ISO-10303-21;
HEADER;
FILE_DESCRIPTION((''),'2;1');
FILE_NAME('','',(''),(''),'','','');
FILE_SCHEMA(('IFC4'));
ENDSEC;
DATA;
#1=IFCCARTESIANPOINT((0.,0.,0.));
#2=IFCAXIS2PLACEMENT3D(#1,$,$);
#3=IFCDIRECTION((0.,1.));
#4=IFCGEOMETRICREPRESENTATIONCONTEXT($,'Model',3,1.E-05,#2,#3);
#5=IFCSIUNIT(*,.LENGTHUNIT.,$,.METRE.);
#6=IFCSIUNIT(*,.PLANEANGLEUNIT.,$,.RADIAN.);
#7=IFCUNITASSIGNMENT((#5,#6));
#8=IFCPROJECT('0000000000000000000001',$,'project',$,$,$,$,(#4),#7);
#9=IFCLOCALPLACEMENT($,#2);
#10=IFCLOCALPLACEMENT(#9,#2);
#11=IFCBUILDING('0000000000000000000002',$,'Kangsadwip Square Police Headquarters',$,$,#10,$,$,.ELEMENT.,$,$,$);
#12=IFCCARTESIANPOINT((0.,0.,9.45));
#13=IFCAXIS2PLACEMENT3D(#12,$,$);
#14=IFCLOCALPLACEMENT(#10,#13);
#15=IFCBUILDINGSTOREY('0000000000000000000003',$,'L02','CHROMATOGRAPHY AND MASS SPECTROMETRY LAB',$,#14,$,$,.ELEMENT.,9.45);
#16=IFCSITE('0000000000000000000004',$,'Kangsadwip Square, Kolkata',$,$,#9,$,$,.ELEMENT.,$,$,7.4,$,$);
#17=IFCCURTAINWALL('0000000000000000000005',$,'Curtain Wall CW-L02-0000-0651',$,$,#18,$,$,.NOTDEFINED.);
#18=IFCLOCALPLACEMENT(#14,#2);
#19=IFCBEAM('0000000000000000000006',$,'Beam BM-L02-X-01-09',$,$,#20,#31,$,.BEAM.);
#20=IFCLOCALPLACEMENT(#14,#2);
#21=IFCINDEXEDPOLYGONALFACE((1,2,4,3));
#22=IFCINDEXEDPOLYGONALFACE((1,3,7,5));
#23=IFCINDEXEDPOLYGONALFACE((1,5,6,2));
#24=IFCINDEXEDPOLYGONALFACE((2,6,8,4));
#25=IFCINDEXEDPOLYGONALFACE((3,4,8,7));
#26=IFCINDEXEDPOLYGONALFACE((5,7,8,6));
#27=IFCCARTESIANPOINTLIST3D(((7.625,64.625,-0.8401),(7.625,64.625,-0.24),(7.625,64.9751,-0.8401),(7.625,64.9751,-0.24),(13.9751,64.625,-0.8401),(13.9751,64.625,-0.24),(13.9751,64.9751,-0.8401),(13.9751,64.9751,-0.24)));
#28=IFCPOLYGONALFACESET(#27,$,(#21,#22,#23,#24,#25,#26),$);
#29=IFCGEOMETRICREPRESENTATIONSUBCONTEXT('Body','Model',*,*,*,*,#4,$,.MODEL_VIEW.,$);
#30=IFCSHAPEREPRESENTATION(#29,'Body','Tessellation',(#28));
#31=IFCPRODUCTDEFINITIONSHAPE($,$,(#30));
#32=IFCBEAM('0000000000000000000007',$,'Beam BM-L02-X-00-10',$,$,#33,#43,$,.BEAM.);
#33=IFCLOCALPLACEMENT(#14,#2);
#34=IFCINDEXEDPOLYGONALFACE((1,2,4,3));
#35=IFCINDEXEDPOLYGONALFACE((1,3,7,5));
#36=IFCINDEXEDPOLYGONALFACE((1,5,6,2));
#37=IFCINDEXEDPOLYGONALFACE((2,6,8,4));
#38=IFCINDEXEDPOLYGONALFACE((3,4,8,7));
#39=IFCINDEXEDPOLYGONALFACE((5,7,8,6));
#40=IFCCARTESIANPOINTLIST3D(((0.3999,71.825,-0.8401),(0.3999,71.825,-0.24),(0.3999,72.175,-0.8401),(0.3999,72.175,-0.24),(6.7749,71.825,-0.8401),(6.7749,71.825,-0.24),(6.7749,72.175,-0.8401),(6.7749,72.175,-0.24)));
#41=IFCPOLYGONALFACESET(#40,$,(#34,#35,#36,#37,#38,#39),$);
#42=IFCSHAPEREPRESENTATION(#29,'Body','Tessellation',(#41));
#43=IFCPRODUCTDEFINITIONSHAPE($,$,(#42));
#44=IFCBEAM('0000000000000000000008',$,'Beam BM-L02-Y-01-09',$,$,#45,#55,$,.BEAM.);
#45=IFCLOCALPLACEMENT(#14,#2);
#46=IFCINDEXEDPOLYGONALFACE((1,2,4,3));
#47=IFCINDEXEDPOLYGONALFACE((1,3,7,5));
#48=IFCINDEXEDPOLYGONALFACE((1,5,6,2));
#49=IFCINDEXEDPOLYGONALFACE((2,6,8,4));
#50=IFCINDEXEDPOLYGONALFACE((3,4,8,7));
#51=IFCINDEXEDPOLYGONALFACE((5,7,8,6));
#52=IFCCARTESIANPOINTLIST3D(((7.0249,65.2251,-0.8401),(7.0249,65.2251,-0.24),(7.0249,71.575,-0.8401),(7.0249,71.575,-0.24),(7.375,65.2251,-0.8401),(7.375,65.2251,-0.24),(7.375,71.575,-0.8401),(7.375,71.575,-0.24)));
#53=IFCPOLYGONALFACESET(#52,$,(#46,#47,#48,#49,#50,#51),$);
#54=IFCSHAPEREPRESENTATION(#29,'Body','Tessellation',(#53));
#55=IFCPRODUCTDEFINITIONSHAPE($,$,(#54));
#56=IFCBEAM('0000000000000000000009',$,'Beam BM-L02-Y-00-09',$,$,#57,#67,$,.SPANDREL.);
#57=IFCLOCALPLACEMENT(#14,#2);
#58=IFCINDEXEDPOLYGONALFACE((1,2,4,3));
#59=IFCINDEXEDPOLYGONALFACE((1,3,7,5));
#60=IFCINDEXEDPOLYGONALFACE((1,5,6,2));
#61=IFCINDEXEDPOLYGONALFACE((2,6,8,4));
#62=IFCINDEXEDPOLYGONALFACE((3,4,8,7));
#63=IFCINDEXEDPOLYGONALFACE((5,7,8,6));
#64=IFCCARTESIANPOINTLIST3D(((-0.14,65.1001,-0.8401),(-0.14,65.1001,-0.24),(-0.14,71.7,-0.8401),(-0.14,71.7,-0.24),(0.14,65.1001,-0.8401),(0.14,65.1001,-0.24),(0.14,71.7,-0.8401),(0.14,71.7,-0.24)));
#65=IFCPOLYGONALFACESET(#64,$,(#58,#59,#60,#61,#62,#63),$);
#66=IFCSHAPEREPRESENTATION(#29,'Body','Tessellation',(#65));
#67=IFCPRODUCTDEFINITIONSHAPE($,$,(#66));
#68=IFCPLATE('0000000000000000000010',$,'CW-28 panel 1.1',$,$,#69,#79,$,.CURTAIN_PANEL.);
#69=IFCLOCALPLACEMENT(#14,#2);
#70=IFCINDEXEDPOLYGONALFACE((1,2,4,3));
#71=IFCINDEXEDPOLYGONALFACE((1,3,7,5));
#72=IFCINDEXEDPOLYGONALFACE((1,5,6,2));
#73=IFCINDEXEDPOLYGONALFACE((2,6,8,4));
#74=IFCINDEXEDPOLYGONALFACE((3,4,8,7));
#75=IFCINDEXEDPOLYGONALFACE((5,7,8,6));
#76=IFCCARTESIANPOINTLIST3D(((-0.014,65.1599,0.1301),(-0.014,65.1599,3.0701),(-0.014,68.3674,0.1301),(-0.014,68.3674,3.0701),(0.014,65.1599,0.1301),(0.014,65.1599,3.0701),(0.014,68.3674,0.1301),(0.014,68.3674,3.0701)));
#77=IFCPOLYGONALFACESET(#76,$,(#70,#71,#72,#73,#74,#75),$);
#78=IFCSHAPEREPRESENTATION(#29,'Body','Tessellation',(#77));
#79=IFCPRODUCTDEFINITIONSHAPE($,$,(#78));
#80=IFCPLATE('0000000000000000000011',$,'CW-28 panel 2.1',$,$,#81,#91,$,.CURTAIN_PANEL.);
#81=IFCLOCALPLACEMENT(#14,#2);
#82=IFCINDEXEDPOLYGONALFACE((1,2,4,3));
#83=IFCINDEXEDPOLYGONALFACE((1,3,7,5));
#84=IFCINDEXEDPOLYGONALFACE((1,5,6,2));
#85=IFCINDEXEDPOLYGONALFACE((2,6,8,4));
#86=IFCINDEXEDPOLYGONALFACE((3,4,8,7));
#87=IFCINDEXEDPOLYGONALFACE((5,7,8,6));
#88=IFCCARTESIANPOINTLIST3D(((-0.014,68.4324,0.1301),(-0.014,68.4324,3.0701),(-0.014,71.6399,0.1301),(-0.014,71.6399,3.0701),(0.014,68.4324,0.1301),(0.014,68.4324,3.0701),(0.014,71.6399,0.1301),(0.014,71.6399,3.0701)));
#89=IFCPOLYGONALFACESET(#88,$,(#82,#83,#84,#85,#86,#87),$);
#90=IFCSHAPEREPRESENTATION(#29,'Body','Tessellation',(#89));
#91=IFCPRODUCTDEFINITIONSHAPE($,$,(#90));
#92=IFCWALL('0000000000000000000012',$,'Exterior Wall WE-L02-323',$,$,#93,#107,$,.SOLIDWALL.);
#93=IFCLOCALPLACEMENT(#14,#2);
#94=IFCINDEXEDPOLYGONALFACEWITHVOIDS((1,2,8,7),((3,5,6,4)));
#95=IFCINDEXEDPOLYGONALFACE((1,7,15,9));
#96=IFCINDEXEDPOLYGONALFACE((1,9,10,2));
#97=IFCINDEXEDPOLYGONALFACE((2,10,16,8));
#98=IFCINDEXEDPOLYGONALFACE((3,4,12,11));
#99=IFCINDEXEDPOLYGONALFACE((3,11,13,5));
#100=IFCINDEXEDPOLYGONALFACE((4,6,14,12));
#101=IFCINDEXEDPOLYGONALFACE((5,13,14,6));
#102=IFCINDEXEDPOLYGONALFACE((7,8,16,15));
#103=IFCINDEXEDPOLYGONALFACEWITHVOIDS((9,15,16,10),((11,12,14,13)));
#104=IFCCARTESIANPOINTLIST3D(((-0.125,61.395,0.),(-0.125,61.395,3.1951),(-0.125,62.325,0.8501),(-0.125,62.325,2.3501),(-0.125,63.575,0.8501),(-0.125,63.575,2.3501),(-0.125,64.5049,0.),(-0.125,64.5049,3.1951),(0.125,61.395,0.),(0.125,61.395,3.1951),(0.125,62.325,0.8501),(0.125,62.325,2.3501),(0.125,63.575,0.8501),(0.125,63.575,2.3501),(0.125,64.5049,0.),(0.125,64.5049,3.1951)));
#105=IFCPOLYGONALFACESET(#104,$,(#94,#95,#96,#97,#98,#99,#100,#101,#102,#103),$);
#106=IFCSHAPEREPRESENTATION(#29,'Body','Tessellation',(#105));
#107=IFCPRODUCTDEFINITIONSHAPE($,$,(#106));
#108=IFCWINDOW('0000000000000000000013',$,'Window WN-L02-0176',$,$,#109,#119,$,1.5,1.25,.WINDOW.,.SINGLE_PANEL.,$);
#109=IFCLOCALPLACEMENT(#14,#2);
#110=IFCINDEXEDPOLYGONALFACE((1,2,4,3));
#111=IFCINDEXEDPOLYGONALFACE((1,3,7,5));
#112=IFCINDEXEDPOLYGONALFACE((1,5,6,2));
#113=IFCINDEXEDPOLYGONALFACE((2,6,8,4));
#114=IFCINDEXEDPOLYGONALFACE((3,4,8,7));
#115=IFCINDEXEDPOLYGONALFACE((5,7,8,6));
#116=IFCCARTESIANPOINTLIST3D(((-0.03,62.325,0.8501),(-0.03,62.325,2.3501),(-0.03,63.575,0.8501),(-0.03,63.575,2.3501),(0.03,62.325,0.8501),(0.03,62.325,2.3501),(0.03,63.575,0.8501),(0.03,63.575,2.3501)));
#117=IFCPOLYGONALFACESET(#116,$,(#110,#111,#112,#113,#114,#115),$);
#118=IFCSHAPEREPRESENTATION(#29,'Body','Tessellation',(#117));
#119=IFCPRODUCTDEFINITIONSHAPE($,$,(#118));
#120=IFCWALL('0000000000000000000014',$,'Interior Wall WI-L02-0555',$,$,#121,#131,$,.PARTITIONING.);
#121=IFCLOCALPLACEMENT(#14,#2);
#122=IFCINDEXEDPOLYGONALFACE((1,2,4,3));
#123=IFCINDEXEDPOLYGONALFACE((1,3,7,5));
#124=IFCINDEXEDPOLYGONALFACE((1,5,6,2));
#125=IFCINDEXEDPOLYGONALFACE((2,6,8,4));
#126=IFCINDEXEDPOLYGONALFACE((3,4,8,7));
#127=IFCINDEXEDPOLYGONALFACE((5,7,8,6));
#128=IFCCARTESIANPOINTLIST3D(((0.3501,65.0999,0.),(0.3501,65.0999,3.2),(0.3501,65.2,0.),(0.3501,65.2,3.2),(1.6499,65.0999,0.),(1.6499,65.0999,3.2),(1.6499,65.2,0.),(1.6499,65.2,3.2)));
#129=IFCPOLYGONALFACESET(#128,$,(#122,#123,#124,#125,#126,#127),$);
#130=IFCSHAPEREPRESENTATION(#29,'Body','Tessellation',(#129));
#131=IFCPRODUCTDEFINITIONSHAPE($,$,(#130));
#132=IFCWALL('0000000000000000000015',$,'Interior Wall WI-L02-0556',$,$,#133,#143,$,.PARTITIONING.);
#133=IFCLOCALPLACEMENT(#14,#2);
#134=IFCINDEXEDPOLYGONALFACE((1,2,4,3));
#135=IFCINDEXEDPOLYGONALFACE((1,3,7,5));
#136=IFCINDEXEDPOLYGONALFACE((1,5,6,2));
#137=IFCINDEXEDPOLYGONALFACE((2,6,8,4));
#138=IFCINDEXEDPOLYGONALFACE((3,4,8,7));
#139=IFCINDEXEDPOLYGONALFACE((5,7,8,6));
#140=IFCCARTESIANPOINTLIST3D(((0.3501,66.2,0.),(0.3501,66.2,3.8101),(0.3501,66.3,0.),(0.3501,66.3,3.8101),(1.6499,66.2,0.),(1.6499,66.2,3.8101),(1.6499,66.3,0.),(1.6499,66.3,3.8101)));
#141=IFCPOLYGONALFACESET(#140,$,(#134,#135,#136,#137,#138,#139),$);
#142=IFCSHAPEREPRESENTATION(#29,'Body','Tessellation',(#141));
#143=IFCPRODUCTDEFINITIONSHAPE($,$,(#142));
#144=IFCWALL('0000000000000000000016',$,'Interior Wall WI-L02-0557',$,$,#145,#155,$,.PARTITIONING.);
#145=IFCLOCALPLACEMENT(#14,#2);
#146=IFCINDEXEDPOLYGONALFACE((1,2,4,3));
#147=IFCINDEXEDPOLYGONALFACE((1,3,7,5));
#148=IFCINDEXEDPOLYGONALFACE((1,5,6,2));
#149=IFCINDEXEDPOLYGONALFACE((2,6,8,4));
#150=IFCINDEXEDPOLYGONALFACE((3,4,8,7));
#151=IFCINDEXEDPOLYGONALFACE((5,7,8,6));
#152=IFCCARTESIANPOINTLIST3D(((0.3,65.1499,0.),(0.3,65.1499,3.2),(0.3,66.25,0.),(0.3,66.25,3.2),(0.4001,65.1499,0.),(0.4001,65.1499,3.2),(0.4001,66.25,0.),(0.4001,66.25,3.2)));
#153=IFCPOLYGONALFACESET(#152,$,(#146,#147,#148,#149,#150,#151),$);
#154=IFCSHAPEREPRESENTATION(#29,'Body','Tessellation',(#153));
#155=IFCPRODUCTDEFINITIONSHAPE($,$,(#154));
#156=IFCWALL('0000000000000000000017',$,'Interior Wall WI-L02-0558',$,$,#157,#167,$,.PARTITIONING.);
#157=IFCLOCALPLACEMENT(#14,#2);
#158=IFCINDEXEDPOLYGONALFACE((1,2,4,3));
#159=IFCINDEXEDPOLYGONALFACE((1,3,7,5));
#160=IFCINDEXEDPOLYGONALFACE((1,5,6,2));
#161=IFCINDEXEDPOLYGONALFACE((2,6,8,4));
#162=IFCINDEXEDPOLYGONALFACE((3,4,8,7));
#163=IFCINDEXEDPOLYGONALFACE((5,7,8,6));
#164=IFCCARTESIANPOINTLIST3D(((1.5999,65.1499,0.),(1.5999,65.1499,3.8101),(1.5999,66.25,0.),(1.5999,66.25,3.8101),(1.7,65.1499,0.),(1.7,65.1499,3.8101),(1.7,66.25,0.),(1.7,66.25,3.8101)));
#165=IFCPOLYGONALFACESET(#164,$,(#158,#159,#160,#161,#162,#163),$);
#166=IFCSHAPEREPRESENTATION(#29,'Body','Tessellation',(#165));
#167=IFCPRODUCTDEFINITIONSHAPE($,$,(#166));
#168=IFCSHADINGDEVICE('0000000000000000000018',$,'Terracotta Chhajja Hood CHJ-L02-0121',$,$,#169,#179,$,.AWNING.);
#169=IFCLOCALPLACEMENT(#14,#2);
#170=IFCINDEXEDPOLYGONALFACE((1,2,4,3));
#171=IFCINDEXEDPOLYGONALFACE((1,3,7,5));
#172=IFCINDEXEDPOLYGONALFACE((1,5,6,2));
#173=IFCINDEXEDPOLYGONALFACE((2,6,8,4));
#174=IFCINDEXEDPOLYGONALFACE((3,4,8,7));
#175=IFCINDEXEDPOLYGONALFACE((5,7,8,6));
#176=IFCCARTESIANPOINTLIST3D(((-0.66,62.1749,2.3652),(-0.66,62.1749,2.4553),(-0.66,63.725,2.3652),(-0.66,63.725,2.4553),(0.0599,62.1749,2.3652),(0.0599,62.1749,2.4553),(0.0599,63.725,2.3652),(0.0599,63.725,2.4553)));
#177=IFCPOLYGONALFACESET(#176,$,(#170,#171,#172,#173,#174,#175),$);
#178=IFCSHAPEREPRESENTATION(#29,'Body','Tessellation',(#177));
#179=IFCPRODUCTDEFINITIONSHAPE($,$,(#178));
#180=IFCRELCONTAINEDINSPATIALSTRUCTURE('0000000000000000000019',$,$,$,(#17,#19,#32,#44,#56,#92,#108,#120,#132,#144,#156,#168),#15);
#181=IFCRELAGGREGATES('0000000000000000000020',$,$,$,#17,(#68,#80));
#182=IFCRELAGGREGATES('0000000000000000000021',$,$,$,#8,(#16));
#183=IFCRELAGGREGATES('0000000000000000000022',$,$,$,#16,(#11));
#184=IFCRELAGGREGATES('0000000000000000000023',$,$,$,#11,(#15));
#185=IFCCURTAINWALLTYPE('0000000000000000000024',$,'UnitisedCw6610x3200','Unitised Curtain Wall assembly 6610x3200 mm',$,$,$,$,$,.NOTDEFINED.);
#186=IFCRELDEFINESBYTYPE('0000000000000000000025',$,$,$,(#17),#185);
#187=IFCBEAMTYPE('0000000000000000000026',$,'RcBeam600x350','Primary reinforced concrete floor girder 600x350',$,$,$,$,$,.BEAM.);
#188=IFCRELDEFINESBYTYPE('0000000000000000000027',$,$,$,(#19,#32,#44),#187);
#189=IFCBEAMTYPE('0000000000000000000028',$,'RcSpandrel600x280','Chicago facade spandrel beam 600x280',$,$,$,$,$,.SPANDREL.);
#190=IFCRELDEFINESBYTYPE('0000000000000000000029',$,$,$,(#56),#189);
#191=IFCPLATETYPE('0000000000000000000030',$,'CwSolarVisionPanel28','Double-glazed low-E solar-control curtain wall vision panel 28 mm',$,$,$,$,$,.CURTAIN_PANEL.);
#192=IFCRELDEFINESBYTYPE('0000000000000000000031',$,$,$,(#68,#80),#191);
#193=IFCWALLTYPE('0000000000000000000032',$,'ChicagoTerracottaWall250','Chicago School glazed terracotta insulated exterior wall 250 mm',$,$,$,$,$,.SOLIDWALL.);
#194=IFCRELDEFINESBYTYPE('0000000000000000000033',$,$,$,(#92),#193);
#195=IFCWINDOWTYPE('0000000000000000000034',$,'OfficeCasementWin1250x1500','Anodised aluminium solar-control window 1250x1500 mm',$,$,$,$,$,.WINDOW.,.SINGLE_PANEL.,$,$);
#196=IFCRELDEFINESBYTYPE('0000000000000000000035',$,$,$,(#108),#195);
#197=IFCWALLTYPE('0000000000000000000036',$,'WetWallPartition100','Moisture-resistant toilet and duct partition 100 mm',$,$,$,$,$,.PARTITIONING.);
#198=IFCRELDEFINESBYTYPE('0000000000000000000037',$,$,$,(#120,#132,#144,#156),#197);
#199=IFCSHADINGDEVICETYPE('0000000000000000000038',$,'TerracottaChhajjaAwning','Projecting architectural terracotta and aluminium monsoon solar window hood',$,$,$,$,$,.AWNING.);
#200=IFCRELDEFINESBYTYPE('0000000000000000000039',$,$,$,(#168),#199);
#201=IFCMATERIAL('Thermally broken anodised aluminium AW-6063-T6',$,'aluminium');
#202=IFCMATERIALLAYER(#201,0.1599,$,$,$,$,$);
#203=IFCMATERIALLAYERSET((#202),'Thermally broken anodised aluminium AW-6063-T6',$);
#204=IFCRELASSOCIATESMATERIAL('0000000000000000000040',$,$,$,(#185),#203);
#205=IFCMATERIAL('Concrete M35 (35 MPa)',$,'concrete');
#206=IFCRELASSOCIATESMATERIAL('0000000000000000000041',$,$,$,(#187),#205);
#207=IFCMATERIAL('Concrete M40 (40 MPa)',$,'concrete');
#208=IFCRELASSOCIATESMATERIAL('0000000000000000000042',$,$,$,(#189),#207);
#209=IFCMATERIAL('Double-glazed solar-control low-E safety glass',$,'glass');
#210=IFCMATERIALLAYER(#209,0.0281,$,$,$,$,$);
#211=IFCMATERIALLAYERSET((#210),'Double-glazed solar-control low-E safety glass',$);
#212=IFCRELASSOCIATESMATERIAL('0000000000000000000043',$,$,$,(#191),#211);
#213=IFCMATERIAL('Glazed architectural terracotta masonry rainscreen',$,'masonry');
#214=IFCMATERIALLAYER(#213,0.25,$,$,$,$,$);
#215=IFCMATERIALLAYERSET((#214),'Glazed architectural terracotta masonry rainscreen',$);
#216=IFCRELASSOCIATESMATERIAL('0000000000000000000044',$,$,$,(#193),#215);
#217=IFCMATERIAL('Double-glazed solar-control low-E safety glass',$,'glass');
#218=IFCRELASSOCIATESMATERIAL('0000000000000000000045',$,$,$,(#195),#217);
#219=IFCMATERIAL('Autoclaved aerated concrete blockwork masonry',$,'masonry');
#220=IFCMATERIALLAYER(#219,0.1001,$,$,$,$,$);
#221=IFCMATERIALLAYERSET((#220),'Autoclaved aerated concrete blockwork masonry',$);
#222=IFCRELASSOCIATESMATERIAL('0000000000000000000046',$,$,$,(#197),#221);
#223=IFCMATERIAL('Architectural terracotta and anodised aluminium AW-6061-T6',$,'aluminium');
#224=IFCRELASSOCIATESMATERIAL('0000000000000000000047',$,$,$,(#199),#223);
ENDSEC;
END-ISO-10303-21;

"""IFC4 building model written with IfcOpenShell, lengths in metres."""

from ifc_helpers import new_model, si_unit, direction, frame, frame_2d, origin, origin_2d, place, context, subcontext, project, spatial, rectangle, extrude, material, layer, layer_set, material_profile, profile_set, type_object, element, fill, aggregate, save


model = new_model("IFC4")

# Units and contexts
model_context = context("Model", 3, precision=1e-05, world=origin(), true_north=direction((0.0, 1.0)))
body_context = subcontext(model_context, "Body", "Model", "MODEL_VIEW")
ifc_project = project(units=[si_unit("LENGTHUNIT", "METRE"), si_unit("PLANEANGLEUNIT", "RADIAN")], contexts=[model_context])

# Site, building, storey
site_placement = place(None, origin())
site = spatial("IfcSite", under=ifc_project, at=site_placement, Name="Kangsadwip Square, Kolkata", CompositionType="ELEMENT", RefElevation=7.4)
building_placement = place(site_placement, origin())
building = spatial("IfcBuilding", under=site, at=building_placement, Name="Kangsadwip Square Police Headquarters", CompositionType="ELEMENT")
storey_placement = place(building_placement, frame((0.0, 0.0, 9.45)))
storey = spatial("IfcBuildingStorey", under=building, at=storey_placement, Name="L02", Description="CHROMATOGRAPHY AND MASS SPECTROMETRY LAB", CompositionType="ELEMENT", Elevation=9.45)

# Curtain wall
ifc_material_1 = material(Name="Thermally broken anodised aluminium AW-6063-T6", Category="aluminium")
ifc_layer_1 = layer(ifc_material_1, 0.1599)
ifc_layer_set_1 = layer_set([ifc_layer_1], Name="Thermally broken anodised aluminium AW-6063-T6")
curtain_wall_type = type_object("IfcCurtainWallType", Name="UnitisedCw6610x3200", Description="Unitised Curtain Wall assembly 6610x3200 mm", PredefinedType="NOTDEFINED", material=ifc_layer_set_1)
curtain_wall_placement = place(storey_placement, origin())
curtain_wall = element("IfcCurtainWall", 1, at=curtain_wall_placement, inside=storey, type_object=curtain_wall_type, Name="Curtain Wall CW-L02-0000-0651", PredefinedType="NOTDEFINED")

# Beams
ifc_material_2 = material(Name="Concrete M35 (35 MPa)", Category="concrete")
ifc_material_profile_1 = material_profile(ifc_material_2, rectangle(XDim=0.3501, YDim=0.6001, at=origin_2d()), Name="RC BM 600X350")
ifc_profile_set_1 = profile_set([ifc_material_profile_1], Name="Concrete M35 (35 MPa)")
beam_type_1 = type_object("IfcBeamType", Name="RcBeam600x350", Description="Primary reinforced concrete floor girder 600x350", PredefinedType="BEAM", material=ifc_profile_set_1)
beam_1_placement = place(storey_placement, frame((7.625, 64.8, -0.54), z_axis=(1.0, 0.0, 0.0), x_axis=(0.0, 1.0, 0.0)))
element("IfcBeam", 2, at=beam_1_placement, inside=storey, type_object=beam_type_1, Name="Beam BM-L02-X-01-09", PredefinedType="BEAM", context=body_context, shape_type="SweptSolid", body=[
    extrude(rectangle(XDim=0.3501, YDim=0.6001, at=origin_2d()), origin(), (0.0, 0.0, 1.0), 6.3501),
])
beam_2_placement = place(storey_placement, frame((0.3999, 72.0, -0.54), z_axis=(1.0, 0.0, 0.0), x_axis=(0.0, 1.0, 0.0)))
element("IfcBeam", 3, at=beam_2_placement, inside=storey, type_object=beam_type_1, Name="Beam BM-L02-X-00-10", PredefinedType="BEAM", context=body_context, shape_type="SweptSolid", body=[
    extrude(rectangle(XDim=0.3501, YDim=0.6001, at=origin_2d()), origin(), (0.0, 0.0, 1.0), 6.375),
])
beam_3_placement = place(storey_placement, frame((7.2, 65.2251, -0.54), z_axis=(0.0, 1.0, 0.0), x_axis=(-1.0, 0.0, 0.0)))
element("IfcBeam", 4, at=beam_3_placement, inside=storey, type_object=beam_type_1, Name="Beam BM-L02-Y-01-09", PredefinedType="BEAM", context=body_context, shape_type="SweptSolid", body=[
    extrude(rectangle(XDim=0.3501, YDim=0.6001, at=origin_2d()), origin(), (0.0, 0.0, 1.0), 6.3499),
])
ifc_material_3 = material(Name="Concrete M40 (40 MPa)", Category="concrete")
ifc_material_profile_2 = material_profile(ifc_material_3, rectangle(XDim=0.28, YDim=0.6001, at=origin_2d()), Name="RC SPN 600X280")
ifc_profile_set_2 = profile_set([ifc_material_profile_2], Name="Concrete M40 (40 MPa)")
beam_type_2 = type_object("IfcBeamType", Name="RcSpandrel600x280", Description="Chicago facade spandrel beam 600x280", PredefinedType="SPANDREL", material=ifc_profile_set_2)
beam_4_placement = place(storey_placement, frame((0.0, 65.1001, -0.54), z_axis=(0.0, 1.0, 0.0), x_axis=(-1.0, 0.0, 0.0)))
element("IfcBeam", 5, at=beam_4_placement, inside=storey, type_object=beam_type_2, Name="Beam BM-L02-Y-00-09", PredefinedType="SPANDREL", context=body_context, shape_type="SweptSolid", body=[
    extrude(rectangle(XDim=0.28, YDim=0.6001, at=origin_2d()), origin(), (0.0, 0.0, 1.0), 6.5999),
])

# Plates
ifc_material_4 = material(Name="Double-glazed solar-control low-E safety glass", Category="glass")
ifc_layer_2 = layer(ifc_material_4, 0.0281)
ifc_layer_set_2 = layer_set([ifc_layer_2], Name="Double-glazed solar-control low-E safety glass")
plate_type = type_object("IfcPlateType", Name="CwSolarVisionPanel28", Description="Double-glazed low-E solar-control curtain wall vision panel 28 mm", PredefinedType="CURTAIN_PANEL", material=ifc_layer_set_2)
plate_1_placement = place(storey_placement, frame((0.0, 66.7637, 0.1301), z_axis=(0.0, 0.0, 1.0), x_axis=(0.0, 1.0, 0.0)))
plate_1 = element("IfcPlate", 6, at=plate_1_placement, type_object=plate_type, Name="CW-28 panel 1.1", PredefinedType="CURTAIN_PANEL", context=body_context, shape_type="SweptSolid", body=[
    extrude(rectangle(XDim=3.2075, YDim=0.0281, at=origin_2d()), origin(), (0.0, 0.0, 1.0), 2.9399),
])
plate_2_placement = place(storey_placement, frame((0.0, 70.0361, 0.1301), z_axis=(0.0, 0.0, 1.0), x_axis=(0.0, 1.0, 0.0)))
plate_2 = element("IfcPlate", 7, at=plate_2_placement, type_object=plate_type, Name="CW-28 panel 2.1", PredefinedType="CURTAIN_PANEL", context=body_context, shape_type="SweptSolid", body=[
    extrude(rectangle(XDim=3.2075, YDim=0.0281, at=origin_2d()), origin(), (0.0, 0.0, 1.0), 2.9399),
])
aggregate(curtain_wall, [plate_1, plate_2])

# Wall, opening, window
ifc_material_5 = material(Name="Glazed architectural terracotta masonry rainscreen", Category="masonry")
ifc_layer_3 = layer(ifc_material_5, 0.25)
ifc_layer_set_3 = layer_set([ifc_layer_3], Name="Glazed architectural terracotta masonry rainscreen")
wall_type_1 = type_object("IfcWallType", Name="ChicagoTerracottaWall250", Description="Chicago School glazed terracotta insulated exterior wall 250 mm", PredefinedType="SOLIDWALL", material=ifc_layer_set_3)
wall_1_placement = place(storey_placement, frame((0.0, 61.395, 0.0), z_axis=(0.0, 0.0, 1.0), x_axis=(0.0, 1.0, 0.0)))
wall_1 = element("IfcWall", 8, at=wall_1_placement, inside=storey, type_object=wall_type_1, Name="Exterior Wall WE-L02-323", PredefinedType="SOLIDWALL", context=body_context, shape_type="SweptSolid", body=[
    extrude(rectangle(XDim=3.1099, YDim=0.25, at=frame_2d((1.5549, 0.0))), origin(), (0.0, 0.0, 1.0), 3.1951),
])
opening_placement = place(wall_1_placement, frame((0.9299, 0.0, 0.8501)))
opening = element("IfcOpeningElement", 9, at=opening_placement, cuts=wall_1, PredefinedType="OPENING", context=body_context, shape_type="SweptSolid", body=[
    extrude(rectangle(XDim=1.25, YDim=1.5, at=frame_2d((0.625, 0.75))), frame((0.0, 0.135, 0.0), z_axis=(0.0, -1.0, 0.0), x_axis=(1.0, 0.0, 0.0)), (0.0, 0.0, 1.0), 0.27),
])
ifc_material_6 = material(Name="Double-glazed solar-control low-E safety glass", Category="glass")
window_type = type_object("IfcWindowType", Name="OfficeCasementWin1250x1500", Description="Anodised aluminium solar-control window 1250x1500 mm", PartitioningType="SINGLE_PANEL", PredefinedType="WINDOW", material=ifc_material_6)
window_placement = place(opening_placement, origin())
window = element("IfcWindow", 10, at=window_placement, inside=storey, type_object=window_type, Name="Window WN-L02-0176", OverallHeight=1.5, OverallWidth=1.25, PartitioningType="SINGLE_PANEL", PredefinedType="WINDOW", context=body_context, shape_type="SweptSolid", body=[
    extrude(rectangle(XDim=1.25, YDim=1.5, at=frame_2d((0.625, 0.75))), frame((0.0, 0.03, 0.0), z_axis=(0.0, -1.0, 0.0), x_axis=(1.0, 0.0, 0.0)), (0.0, 0.0, 1.0), 0.0601),
])
fill(opening, window)

# Walls
ifc_material_7 = material(Name="Autoclaved aerated concrete blockwork masonry", Category="masonry")
ifc_layer_4 = layer(ifc_material_7, 0.1001)
ifc_layer_set_4 = layer_set([ifc_layer_4], Name="Autoclaved aerated concrete blockwork masonry")
wall_type_2 = type_object("IfcWallType", Name="WetWallPartition100", Description="Moisture-resistant toilet and duct partition 100 mm", PredefinedType="PARTITIONING", material=ifc_layer_set_4)
wall_2_placement = place(storey_placement, frame((0.3501, 65.1499, 0.0), z_axis=(0.0, 0.0, 1.0), x_axis=(1.0, 0.0, 0.0)))
element("IfcWall", 11, at=wall_2_placement, inside=storey, type_object=wall_type_2, Name="Interior Wall WI-L02-0555", PredefinedType="PARTITIONING", context=body_context, shape_type="SweptSolid", body=[
    extrude(rectangle(XDim=1.2998, YDim=0.1001, at=frame_2d((0.6499, 0.0))), origin(), (0.0, 0.0, 1.0), 3.2),
])
wall_3_placement = place(storey_placement, frame((0.3501, 66.25, 0.0), z_axis=(0.0, 0.0, 1.0), x_axis=(1.0, 0.0, 0.0)))
element("IfcWall", 12, at=wall_3_placement, inside=storey, type_object=wall_type_2, Name="Interior Wall WI-L02-0556", PredefinedType="PARTITIONING", context=body_context, shape_type="SweptSolid", body=[
    extrude(rectangle(XDim=1.2998, YDim=0.1001, at=frame_2d((0.6499, 0.0))), origin(), (0.0, 0.0, 1.0), 3.8101),
])
wall_4_placement = place(storey_placement, frame((0.3501, 65.1499, 0.0), z_axis=(0.0, 0.0, 1.0), x_axis=(0.0, 1.0, 0.0)))
element("IfcWall", 13, at=wall_4_placement, inside=storey, type_object=wall_type_2, Name="Interior Wall WI-L02-0557", PredefinedType="PARTITIONING", context=body_context, shape_type="SweptSolid", body=[
    extrude(rectangle(XDim=1.1001, YDim=0.1001, at=frame_2d((0.55, 0.0))), origin(), (0.0, 0.0, 1.0), 3.2),
])
wall_5_placement = place(storey_placement, frame((1.6499, 65.1499, 0.0), z_axis=(0.0, 0.0, 1.0), x_axis=(0.0, 1.0, 0.0)))
element("IfcWall", 14, at=wall_5_placement, inside=storey, type_object=wall_type_2, Name="Interior Wall WI-L02-0558", PredefinedType="PARTITIONING", context=body_context, shape_type="SweptSolid", body=[
    extrude(rectangle(XDim=1.1001, YDim=0.1001, at=frame_2d((0.55, 0.0))), origin(), (0.0, 0.0, 1.0), 3.8101),
])

# Shading device
ifc_material_8 = material(Name="Architectural terracotta and anodised aluminium AW-6061-T6", Category="aluminium")
shading_device_type = type_object("IfcShadingDeviceType", Name="TerracottaChhajjaAwning", Description="Projecting architectural terracotta and aluminium monsoon solar window hood", PredefinedType="AWNING", material=ifc_material_8)
shading_device_placement = place(storey_placement, frame((-0.3, 62.95, 2.3652), z_axis=(0.0, 0.0, 1.0), x_axis=(0.0, 1.0, 0.0)))
element("IfcShadingDevice", 15, at=shading_device_placement, inside=storey, type_object=shading_device_type, Name="Terracotta Chhajja Hood CHJ-L02-0121", PredefinedType="AWNING", context=body_context, shape_type="SweptSolid", body=[
    extrude(rectangle(XDim=1.55, YDim=0.72, at=origin_2d()), origin(), (0.0, 0.0, 1.0), 0.0901),
])

save(model, "model.ifc")
